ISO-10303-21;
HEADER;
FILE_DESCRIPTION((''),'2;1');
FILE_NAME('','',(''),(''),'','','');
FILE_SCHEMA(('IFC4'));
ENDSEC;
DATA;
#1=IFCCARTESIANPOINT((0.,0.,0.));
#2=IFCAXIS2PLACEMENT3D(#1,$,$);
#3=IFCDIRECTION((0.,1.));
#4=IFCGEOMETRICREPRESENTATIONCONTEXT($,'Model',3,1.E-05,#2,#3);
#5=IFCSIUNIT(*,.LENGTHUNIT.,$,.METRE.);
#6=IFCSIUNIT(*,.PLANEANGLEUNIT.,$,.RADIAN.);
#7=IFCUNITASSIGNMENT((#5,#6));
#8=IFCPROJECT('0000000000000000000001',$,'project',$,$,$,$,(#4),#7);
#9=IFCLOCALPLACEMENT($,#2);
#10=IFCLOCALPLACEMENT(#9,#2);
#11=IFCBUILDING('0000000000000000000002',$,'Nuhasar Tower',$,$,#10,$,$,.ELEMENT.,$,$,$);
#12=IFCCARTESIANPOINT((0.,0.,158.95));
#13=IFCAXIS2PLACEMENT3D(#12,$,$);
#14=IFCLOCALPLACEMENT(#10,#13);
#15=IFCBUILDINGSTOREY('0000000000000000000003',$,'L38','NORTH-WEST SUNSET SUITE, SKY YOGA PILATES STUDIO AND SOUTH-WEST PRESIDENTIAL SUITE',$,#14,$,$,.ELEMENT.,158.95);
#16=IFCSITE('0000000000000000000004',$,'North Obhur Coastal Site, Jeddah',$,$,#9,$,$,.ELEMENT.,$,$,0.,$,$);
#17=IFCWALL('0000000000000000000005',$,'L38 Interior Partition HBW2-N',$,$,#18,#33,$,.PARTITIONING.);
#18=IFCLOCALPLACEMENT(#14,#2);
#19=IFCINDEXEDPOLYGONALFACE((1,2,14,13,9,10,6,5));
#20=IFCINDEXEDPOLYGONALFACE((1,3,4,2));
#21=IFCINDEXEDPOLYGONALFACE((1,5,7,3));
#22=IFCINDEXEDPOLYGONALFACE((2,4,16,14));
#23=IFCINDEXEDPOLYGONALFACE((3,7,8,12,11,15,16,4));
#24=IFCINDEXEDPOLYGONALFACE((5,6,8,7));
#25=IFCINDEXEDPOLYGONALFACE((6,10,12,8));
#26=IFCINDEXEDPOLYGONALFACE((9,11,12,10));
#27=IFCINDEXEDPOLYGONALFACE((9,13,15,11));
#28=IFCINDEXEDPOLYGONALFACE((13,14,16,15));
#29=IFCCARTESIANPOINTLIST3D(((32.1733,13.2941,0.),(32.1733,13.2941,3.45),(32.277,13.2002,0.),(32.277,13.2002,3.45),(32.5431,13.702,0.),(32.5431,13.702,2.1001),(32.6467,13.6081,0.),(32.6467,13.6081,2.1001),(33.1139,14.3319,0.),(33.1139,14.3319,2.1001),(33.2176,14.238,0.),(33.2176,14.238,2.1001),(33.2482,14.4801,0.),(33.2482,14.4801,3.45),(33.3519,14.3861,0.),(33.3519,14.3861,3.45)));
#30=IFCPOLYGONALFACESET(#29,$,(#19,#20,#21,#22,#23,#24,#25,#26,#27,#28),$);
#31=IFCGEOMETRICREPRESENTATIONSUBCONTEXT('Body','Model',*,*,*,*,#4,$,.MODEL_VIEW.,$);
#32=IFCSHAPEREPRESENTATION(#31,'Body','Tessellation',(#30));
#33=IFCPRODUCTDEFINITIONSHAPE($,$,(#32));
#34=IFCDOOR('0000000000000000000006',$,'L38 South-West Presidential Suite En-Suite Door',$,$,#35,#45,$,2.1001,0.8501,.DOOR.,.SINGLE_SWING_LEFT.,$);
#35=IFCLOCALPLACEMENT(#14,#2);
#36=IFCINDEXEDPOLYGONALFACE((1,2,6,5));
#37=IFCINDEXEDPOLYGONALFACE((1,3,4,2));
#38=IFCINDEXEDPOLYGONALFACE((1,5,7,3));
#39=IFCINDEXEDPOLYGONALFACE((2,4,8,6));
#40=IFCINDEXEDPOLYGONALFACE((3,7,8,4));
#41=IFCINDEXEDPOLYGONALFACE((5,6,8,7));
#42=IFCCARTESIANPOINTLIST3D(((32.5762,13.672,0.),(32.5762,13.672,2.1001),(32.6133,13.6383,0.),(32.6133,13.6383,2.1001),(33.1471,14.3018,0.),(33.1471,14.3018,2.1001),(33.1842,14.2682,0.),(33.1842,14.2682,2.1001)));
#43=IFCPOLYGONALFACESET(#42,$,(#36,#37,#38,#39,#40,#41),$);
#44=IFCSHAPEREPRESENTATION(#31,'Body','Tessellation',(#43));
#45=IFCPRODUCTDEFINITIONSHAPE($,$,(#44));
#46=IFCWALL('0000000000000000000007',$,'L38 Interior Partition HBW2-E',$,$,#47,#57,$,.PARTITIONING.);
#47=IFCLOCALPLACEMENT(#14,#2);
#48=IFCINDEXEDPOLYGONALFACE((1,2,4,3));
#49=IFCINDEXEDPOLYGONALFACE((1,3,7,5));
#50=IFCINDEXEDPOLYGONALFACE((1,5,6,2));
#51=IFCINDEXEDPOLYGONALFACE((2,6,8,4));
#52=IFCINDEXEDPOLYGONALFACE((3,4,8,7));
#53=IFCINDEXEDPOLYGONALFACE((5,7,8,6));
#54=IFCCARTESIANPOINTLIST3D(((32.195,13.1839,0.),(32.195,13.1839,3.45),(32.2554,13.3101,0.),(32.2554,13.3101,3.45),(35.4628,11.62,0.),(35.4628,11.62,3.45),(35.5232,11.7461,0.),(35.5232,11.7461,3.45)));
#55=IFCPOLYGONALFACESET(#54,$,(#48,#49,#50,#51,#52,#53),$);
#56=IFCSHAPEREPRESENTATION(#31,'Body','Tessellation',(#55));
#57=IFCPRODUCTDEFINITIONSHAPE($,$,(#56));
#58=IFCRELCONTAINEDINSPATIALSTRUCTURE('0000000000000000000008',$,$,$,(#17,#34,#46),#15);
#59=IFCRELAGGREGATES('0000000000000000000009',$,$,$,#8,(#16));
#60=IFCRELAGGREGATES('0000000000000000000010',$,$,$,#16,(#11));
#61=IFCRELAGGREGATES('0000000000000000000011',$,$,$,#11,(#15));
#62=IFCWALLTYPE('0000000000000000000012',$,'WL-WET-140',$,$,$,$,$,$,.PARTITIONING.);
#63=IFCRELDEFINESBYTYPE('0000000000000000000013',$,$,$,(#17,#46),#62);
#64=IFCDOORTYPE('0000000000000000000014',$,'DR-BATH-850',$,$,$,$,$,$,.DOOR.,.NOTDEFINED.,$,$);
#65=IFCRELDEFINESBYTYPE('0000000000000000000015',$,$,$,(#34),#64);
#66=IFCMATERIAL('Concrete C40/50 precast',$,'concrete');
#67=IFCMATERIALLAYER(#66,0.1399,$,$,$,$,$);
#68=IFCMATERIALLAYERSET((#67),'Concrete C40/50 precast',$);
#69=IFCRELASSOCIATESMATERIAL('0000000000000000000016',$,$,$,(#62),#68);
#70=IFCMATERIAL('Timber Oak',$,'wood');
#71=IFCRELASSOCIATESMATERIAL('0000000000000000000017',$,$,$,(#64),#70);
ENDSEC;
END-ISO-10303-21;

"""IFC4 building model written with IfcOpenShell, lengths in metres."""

from ifc_helpers import new_model, si_unit, direction, frame, frame_2d, origin, place, context, subcontext, project, spatial, rectangle, extrude, material, layer, layer_set, type_object, element, fill, save


model = new_model("IFC4")

# Units and contexts
model_context = context("Model", 3, precision=1e-05, world=origin(), true_north=direction((0.0, 1.0)))
body_context = subcontext(model_context, "Body", "Model", "MODEL_VIEW")
ifc_project = project(units=[si_unit("LENGTHUNIT", "METRE"), si_unit("PLANEANGLEUNIT", "RADIAN")], contexts=[model_context])

# Site, building, storey
site_placement = place(None, origin())
site = spatial("IfcSite", under=ifc_project, at=site_placement, Name="North Obhur Coastal Site, Jeddah", CompositionType="ELEMENT", RefElevation=0.0)
building_placement = place(site_placement, origin())
building = spatial("IfcBuilding", under=site, at=building_placement, Name="Nuhasar Tower", CompositionType="ELEMENT")
storey_placement = place(building_placement, frame((0.0, 0.0, 158.95)))
storey = spatial("IfcBuildingStorey", under=building, at=storey_placement, Name="L38", Description="NORTH-WEST SUNSET SUITE, SKY YOGA PILATES STUDIO AND SOUTH-WEST PRESIDENTIAL SUITE", CompositionType="ELEMENT", Elevation=158.95)

# Shared definitions
ifc_material_1 = material(Name="Concrete C40/50 precast", Category="concrete")
ifc_layer_1 = layer(ifc_material_1, 0.1399)
ifc_layer_set_1 = layer_set([ifc_layer_1], Name="Concrete C40/50 precast")
wall_type_1 = type_object("IfcWallType", Name="WL-WET-140", PredefinedType="PARTITIONING", material=ifc_layer_set_1)

# Wall, opening, door
wall_1_placement = place(storey_placement, frame((33.3, 14.4331, 0.0), z_axis=(0.0, 0.0, 1.0), x_axis=(-0.671556, -0.740954, 0.0)))
wall_1 = element("IfcWall", 1, at=wall_1_placement, inside=storey, type_object=wall_type_1, Name="L38 Interior Partition HBW2-N", PredefinedType="PARTITIONING", context=body_context, shape_type="SweptSolid", body=[
    extrude(rectangle(XDim=1.6006, YDim=0.1399, at=frame_2d((0.8003, 0.0))), origin(), (0.0, 0.0, 1.0), 3.45),
])
opening_placement = place(wall_1_placement, frame((0.2, 0.0, 0.0)))
opening = element("IfcOpeningElement", 2, at=opening_placement, cuts=wall_1, PredefinedType="OPENING", context=body_context, shape_type="SweptSolid", body=[
    extrude(rectangle(XDim=0.8501, YDim=2.1001, at=frame_2d((0.425, 1.05))), frame((0.0, 0.0801, 0.0), z_axis=(0.0, -1.0, 0.0), x_axis=(1.0, 0.0, 0.0)), (0.0, 0.0, 1.0), 0.1599),
])
ifc_material_2 = material(Name="Timber Oak", Category="wood")
door_type = type_object("IfcDoorType", Name="DR-BATH-850", OperationType="NOTDEFINED", PredefinedType="DOOR", material=ifc_material_2)
door_placement = place(opening_placement, origin())
door = element("IfcDoor", 3, at=door_placement, inside=storey, type_object=door_type, Name="L38 South-West Presidential Suite En-Suite Door", OperationType="SINGLE_SWING_LEFT", OverallHeight=2.1001, OverallWidth=0.8501, PredefinedType="DOOR", context=body_context, shape_type="SweptSolid", body=[
    extrude(rectangle(XDim=0.8501, YDim=2.1001, at=frame_2d((0.425, 1.05))), frame((0.0, 0.0249, 0.0), z_axis=(0.0, -1.0, 0.0), x_axis=(1.0, 0.0, 0.0)), (0.0, 0.0, 1.0), 0.05),
])
fill(opening, door)

# Wall
wall_2_placement = place(storey_placement, frame((32.2251, 13.2471, 0.0), z_axis=(0.0, 0.0, 1.0), x_axis=(0.902017, -0.431701, 0.0)))
element("IfcWall", 4, at=wall_2_placement, inside=storey, type_object=wall_type_1, Name="L38 Interior Partition HBW2-E", PredefinedType="PARTITIONING", context=body_context, shape_type="SweptSolid", body=[
    extrude(rectangle(XDim=3.6228, YDim=0.1399, at=frame_2d((1.8115, 0.0))), origin(), (0.0, 0.0, 1.0), 3.45),
])

save(model, "model.ifc")
